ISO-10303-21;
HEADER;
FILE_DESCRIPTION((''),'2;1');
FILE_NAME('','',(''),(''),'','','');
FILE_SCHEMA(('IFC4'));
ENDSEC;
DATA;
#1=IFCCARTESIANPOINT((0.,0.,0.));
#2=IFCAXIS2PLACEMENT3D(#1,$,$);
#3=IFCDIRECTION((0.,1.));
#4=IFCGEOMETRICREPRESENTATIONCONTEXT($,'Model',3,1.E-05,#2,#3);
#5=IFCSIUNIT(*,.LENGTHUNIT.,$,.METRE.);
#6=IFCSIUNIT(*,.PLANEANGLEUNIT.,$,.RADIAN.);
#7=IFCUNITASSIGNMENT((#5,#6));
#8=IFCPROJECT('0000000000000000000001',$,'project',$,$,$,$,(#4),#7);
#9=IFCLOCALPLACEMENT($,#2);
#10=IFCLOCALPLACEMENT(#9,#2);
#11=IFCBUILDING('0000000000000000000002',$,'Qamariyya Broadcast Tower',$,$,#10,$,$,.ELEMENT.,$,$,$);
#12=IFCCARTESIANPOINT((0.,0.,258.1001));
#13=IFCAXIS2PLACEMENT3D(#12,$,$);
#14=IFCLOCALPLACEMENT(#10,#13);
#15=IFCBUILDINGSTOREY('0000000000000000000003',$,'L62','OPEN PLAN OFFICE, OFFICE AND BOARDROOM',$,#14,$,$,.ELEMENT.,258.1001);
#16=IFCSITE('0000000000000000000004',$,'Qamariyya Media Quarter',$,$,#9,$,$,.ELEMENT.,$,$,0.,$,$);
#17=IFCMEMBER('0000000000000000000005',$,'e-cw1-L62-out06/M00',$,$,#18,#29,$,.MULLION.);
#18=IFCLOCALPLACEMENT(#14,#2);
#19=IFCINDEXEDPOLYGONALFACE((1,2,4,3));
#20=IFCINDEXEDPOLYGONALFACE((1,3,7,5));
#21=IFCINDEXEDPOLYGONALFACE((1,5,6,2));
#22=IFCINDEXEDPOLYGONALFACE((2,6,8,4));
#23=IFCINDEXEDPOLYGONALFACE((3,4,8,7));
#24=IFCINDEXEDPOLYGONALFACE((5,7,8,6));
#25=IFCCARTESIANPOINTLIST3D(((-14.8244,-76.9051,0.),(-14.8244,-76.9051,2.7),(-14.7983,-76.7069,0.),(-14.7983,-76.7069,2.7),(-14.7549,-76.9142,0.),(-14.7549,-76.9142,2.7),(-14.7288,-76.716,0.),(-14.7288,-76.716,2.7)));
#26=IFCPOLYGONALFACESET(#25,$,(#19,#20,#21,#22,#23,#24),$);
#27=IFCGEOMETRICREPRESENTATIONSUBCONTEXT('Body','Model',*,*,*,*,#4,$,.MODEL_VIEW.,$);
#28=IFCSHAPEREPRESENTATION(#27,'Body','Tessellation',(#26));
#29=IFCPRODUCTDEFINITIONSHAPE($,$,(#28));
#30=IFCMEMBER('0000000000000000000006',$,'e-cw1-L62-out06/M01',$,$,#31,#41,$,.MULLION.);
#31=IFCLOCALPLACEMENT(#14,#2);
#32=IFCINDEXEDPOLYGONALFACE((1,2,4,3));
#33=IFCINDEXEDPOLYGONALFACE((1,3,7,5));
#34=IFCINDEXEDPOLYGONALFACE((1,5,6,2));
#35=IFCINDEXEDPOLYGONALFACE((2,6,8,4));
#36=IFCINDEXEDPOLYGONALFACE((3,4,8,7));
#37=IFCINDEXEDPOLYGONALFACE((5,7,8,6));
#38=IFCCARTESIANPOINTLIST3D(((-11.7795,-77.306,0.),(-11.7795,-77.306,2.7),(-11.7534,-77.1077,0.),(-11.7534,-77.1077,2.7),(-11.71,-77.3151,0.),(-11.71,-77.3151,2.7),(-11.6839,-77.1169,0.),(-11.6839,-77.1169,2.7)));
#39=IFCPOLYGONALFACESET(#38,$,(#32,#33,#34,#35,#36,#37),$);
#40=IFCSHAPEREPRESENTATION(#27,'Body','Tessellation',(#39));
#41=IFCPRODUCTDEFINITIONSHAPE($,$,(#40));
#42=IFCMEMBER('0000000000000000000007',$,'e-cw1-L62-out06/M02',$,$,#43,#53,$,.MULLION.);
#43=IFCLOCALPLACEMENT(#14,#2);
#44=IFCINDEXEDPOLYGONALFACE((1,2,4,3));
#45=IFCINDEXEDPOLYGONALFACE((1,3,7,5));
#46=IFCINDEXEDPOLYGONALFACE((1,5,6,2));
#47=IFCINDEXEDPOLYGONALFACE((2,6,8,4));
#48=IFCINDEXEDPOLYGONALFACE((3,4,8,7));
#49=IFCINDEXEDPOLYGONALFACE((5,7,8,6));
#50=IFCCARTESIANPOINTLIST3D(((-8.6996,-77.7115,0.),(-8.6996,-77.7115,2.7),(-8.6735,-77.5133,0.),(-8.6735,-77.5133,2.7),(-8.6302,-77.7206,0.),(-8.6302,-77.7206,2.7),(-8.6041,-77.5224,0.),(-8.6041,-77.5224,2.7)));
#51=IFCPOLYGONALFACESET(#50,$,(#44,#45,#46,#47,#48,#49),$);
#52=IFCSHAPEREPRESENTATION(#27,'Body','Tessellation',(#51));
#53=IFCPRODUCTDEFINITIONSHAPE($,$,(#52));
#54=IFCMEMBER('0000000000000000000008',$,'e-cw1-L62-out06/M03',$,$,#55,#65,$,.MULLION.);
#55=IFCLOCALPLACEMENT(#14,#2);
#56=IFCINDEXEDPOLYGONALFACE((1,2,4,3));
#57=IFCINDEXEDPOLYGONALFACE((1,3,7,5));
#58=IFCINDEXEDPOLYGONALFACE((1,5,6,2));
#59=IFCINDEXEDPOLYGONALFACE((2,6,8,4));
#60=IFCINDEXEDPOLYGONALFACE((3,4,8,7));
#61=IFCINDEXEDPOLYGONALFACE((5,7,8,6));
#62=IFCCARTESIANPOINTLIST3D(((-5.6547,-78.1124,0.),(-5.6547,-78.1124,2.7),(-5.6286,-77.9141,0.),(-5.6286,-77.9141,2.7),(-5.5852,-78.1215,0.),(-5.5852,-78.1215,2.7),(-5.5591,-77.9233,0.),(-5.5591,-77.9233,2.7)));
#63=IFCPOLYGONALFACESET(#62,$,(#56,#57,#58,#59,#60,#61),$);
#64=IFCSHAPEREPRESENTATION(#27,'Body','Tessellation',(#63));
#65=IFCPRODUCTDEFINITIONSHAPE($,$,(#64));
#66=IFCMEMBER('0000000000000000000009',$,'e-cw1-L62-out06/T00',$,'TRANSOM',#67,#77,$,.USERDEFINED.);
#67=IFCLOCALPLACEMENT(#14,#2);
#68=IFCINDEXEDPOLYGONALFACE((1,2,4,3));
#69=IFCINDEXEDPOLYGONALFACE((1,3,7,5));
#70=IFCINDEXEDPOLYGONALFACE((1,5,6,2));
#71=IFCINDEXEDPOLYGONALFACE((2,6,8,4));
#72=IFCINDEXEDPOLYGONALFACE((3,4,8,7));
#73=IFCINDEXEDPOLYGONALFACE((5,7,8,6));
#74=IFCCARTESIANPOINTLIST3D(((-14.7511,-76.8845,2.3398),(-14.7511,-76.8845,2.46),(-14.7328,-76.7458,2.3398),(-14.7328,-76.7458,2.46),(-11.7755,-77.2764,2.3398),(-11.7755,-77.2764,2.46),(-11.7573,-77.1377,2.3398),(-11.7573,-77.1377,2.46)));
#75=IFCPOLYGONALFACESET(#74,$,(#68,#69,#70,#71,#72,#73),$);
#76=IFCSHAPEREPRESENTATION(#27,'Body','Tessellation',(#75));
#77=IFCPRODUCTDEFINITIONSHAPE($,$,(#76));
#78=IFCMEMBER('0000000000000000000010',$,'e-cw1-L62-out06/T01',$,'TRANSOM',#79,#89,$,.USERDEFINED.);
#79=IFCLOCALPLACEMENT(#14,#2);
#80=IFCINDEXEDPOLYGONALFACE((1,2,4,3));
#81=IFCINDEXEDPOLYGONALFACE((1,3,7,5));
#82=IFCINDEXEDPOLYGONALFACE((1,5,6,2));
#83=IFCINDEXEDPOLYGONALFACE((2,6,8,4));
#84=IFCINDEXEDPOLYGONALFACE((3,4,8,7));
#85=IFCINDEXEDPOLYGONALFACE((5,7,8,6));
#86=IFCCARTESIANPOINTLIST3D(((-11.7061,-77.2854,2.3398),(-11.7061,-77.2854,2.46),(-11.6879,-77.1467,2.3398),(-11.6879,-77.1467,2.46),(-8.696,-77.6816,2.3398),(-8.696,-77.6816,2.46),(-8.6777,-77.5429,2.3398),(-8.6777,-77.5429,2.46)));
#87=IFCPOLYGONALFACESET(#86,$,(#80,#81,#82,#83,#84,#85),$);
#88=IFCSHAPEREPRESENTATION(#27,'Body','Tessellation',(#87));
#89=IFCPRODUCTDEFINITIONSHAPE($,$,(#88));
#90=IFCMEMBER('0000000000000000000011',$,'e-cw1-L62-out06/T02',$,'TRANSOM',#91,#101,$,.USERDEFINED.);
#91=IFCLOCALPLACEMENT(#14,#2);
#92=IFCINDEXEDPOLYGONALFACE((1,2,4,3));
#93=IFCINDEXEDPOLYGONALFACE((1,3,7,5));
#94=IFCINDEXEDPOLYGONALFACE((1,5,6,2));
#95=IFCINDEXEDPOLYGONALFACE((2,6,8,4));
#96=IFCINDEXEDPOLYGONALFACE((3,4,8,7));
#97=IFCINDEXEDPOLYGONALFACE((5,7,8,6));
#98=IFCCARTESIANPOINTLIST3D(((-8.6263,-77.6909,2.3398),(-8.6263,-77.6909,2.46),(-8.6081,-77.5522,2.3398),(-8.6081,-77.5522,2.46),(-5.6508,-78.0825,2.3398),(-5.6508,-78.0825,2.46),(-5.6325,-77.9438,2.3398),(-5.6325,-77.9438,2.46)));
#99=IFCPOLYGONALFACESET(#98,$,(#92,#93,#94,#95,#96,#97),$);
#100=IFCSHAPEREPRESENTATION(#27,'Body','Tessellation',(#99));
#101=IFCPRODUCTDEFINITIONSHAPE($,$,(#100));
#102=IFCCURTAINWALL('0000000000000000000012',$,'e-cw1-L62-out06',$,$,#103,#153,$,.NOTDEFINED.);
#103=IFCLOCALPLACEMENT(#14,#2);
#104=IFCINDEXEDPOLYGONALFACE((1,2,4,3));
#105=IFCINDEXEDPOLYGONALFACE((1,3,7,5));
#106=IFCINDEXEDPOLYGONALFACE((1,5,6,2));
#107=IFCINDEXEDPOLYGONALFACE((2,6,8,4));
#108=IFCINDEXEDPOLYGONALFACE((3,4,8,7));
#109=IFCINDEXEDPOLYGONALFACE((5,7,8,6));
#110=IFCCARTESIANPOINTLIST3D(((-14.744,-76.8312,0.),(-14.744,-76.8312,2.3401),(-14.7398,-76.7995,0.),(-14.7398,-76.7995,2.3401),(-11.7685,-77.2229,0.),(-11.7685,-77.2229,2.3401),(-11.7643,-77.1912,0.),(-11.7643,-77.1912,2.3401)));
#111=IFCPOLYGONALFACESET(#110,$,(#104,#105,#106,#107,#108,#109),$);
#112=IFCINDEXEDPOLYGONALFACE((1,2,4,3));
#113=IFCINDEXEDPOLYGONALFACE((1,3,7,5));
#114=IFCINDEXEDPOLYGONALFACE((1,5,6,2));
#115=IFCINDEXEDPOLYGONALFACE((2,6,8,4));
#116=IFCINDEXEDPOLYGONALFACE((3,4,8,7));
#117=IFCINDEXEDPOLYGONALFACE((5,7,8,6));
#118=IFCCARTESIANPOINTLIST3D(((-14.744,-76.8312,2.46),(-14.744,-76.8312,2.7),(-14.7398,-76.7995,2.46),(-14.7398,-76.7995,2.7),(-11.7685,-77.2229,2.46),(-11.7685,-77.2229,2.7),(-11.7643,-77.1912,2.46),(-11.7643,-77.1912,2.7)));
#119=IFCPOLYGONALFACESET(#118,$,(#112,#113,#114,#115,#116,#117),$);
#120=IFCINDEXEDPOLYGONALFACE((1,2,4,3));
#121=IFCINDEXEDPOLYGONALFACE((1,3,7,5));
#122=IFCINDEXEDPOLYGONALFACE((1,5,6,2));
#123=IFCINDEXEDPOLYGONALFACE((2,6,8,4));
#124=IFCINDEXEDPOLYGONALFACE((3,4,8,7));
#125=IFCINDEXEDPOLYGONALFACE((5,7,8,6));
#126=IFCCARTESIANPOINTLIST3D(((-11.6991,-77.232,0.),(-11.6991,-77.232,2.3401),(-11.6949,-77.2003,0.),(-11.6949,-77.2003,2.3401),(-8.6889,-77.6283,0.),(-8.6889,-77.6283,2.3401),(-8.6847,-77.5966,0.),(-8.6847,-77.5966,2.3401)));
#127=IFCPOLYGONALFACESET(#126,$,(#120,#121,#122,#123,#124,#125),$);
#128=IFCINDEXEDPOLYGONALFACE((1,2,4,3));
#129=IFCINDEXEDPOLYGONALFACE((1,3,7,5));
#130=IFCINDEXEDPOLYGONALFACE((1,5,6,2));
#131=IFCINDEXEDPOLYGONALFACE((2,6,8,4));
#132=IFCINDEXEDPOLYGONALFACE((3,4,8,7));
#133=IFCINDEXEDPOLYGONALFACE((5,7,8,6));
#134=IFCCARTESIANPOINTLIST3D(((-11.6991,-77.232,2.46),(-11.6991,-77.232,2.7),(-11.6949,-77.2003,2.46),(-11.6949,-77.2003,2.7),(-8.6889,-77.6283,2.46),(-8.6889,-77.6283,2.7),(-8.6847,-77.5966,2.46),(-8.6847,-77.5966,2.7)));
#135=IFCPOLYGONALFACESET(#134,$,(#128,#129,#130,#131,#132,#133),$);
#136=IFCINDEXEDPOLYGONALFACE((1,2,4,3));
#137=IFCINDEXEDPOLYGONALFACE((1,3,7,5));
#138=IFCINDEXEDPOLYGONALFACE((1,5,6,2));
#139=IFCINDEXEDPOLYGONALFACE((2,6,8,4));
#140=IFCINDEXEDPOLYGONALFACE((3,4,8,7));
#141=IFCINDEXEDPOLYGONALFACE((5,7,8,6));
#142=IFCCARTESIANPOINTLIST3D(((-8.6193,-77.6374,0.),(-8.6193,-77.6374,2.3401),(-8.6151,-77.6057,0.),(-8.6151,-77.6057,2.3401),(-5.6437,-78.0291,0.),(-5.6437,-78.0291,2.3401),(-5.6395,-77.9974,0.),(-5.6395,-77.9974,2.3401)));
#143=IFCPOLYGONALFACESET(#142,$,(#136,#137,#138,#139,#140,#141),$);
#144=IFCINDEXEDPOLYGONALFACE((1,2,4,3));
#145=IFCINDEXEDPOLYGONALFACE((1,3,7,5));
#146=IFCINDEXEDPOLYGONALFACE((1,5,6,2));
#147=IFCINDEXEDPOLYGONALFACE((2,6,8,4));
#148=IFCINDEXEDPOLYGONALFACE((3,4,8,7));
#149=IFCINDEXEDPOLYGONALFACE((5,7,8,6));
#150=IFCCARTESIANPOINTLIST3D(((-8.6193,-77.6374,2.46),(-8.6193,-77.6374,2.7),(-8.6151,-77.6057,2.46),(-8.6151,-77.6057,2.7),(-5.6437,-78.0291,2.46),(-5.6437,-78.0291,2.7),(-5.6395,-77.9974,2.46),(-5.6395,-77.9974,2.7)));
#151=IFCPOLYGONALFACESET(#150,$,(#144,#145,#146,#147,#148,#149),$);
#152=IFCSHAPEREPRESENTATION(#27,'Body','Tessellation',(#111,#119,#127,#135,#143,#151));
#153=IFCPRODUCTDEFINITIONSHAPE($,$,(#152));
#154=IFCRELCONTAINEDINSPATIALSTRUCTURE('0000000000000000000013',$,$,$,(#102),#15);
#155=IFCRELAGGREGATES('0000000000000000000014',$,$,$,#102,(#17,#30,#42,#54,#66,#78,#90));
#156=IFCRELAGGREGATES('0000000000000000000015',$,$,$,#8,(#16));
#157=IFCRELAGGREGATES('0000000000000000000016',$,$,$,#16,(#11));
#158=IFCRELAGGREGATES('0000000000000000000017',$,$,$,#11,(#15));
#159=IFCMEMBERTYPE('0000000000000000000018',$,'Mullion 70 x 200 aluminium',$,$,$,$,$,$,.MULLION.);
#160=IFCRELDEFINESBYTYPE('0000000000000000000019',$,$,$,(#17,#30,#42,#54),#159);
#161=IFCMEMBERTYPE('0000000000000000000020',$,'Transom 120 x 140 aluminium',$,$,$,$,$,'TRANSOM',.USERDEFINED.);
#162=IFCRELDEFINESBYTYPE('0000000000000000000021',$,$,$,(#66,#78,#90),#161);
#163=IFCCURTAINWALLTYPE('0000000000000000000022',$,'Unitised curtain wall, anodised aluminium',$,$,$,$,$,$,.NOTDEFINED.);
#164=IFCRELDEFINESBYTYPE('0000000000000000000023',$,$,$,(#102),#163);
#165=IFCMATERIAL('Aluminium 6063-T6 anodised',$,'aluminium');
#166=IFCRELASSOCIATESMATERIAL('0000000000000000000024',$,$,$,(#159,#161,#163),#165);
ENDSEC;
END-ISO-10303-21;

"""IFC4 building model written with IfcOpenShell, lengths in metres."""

from ifc_helpers import new_model, si_unit, direction, frame, origin, origin_2d, place, context, subcontext, project, spatial, rectangle, extrude, material, material_profile, profile_set, type_object, element, aggregate, save


model = new_model("IFC4")

# Units and contexts
model_context = context("Model", 3, precision=1e-05, world=origin(), true_north=direction((0.0, 1.0)))
body_context = subcontext(model_context, "Body", "Model", "MODEL_VIEW")
ifc_project = project(units=[si_unit("LENGTHUNIT", "METRE"), si_unit("PLANEANGLEUNIT", "RADIAN")], contexts=[model_context])

# Members
ifc_material = material(Name="Aluminium 6063-T6 anodised", Category="aluminium")
ifc_material_profile_1 = material_profile(ifc_material, rectangle(XDim=0.2, YDim=0.0701, at=origin_2d()))
ifc_profile_set_1 = profile_set([ifc_material_profile_1], Name="Aluminium 6063-T6 anodised")
member_type_1 = type_object("IfcMemberType", Name="Mullion 70 x 200 aluminium", PredefinedType="MULLION", material=ifc_profile_set_1)
site_placement = place(None, origin())
building_placement = place(site_placement, origin())
storey_placement = place(building_placement, frame((0.0, 0.0, 258.1001)))
member_1_placement = place(storey_placement, frame((-14.7766, -76.8105, 0.0), z_axis=(0.0, 0.0, 1.0), x_axis=(0.130526, 0.991445, 0.0)))
member_1 = element("IfcMember", 1, at=member_1_placement, type_object=member_type_1, Name="e-cw1-L62-out06/M00", PredefinedType="MULLION", context=body_context, shape_type="SweptSolid", body=[
    extrude(rectangle(XDim=0.2, YDim=0.0701, at=origin_2d()), origin(), (0.0, 0.0, 1.0), 2.7),
])
member_2_placement = place(storey_placement, frame((-11.7317, -77.2114, 0.0), z_axis=(0.0, 0.0, 1.0), x_axis=(0.130526, 0.991445, 0.0)))
member_2 = element("IfcMember", 2, at=member_2_placement, type_object=member_type_1, Name="e-cw1-L62-out06/M01", PredefinedType="MULLION", context=body_context, shape_type="SweptSolid", body=[
    extrude(rectangle(XDim=0.2, YDim=0.0701, at=origin_2d()), origin(), (0.0, 0.0, 1.0), 2.7),
])
member_3_placement = place(storey_placement, frame((-8.6519, -77.6169, 0.0), z_axis=(0.0, 0.0, 1.0), x_axis=(0.130526, 0.991445, 0.0)))
member_3 = element("IfcMember", 3, at=member_3_placement, type_object=member_type_1, Name="e-cw1-L62-out06/M02", PredefinedType="MULLION", context=body_context, shape_type="SweptSolid", body=[
    extrude(rectangle(XDim=0.2, YDim=0.0701, at=origin_2d()), origin(), (0.0, 0.0, 1.0), 2.7),
])
member_4_placement = place(storey_placement, frame((-5.6069, -78.0178, 0.0), z_axis=(0.0, 0.0, 1.0), x_axis=(0.130526, 0.991445, 0.0)))
member_4 = element("IfcMember", 4, at=member_4_placement, type_object=member_type_1, Name="e-cw1-L62-out06/M03", PredefinedType="MULLION", context=body_context, shape_type="SweptSolid", body=[
    extrude(rectangle(XDim=0.2, YDim=0.0701, at=origin_2d()), origin(), (0.0, 0.0, 1.0), 2.7),
])
ifc_material_profile_2 = material_profile(ifc_material, rectangle(XDim=0.1399, YDim=0.1201, at=origin_2d()))
ifc_profile_set_2 = profile_set([ifc_material_profile_2], Name="Aluminium 6063-T6 anodised")
member_type_2 = type_object("IfcMemberType", Name="Transom 120 x 140 aluminium", ElementType="TRANSOM", PredefinedType="USERDEFINED", material=ifc_profile_set_2)
member_5_placement = place(storey_placement, frame((-14.7419, -76.8152, 2.3999), z_axis=(0.99144, -0.13056, 0.0), x_axis=(0.13056, 0.99144, 0.0)))
member_5 = element("IfcMember", 5, at=member_5_placement, type_object=member_type_2, Name="e-cw1-L62-out06/T00", ObjectType="TRANSOM", PredefinedType="USERDEFINED", context=body_context, shape_type="SweptSolid", body=[
    extrude(rectangle(XDim=0.1399, YDim=0.1201, at=origin_2d()), origin(), (0.0, 0.0, 1.0), 3.0012),
])
member_6_placement = place(storey_placement, frame((-11.697, -77.2161, 2.3999), z_axis=(0.991448, -0.130504, 0.0), x_axis=(0.130504, 0.991448, 0.0)))
member_6 = element("IfcMember", 6, at=member_6_placement, type_object=member_type_2, Name="e-cw1-L62-out06/T01", ObjectType="TRANSOM", PredefinedType="USERDEFINED", context=body_context, shape_type="SweptSolid", body=[
    extrude(rectangle(XDim=0.1399, YDim=0.1201, at=origin_2d()), origin(), (0.0, 0.0, 1.0), 3.0361),
])
member_7_placement = place(storey_placement, frame((-8.6172, -77.6216, 2.3999), z_axis=(0.991451, -0.13048, 0.0), x_axis=(0.13048, 0.991451, 0.0)))
member_7 = element("IfcMember", 7, at=member_7_placement, type_object=member_type_2, Name="e-cw1-L62-out06/T02", ObjectType="TRANSOM", PredefinedType="USERDEFINED", context=body_context, shape_type="SweptSolid", body=[
    extrude(rectangle(XDim=0.1399, YDim=0.1201, at=origin_2d()), origin(), (0.0, 0.0, 1.0), 3.0012),
])

# Site, building, storey
site = spatial("IfcSite", under=ifc_project, at=site_placement, Name="Qamariyya Media Quarter", CompositionType="ELEMENT", RefElevation=0.0)
building = spatial("IfcBuilding", under=site, at=building_placement, Name="Qamariyya Broadcast Tower", CompositionType="ELEMENT")
storey = spatial("IfcBuildingStorey", under=building, at=storey_placement, Name="L62", Description="OPEN PLAN OFFICE, OFFICE AND BOARDROOM", CompositionType="ELEMENT", Elevation=258.1001)

# Curtain wall
curtain_wall_type = type_object("IfcCurtainWallType", Name="Unitised curtain wall, anodised aluminium", PredefinedType="NOTDEFINED", material=ifc_material)
curtain_wall_1_placement = place(storey_placement, origin())
curtain_wall_1 = element("IfcCurtainWall", 8, at=curtain_wall_1_placement, inside=storey, type_object=curtain_wall_type, Name="e-cw1-L62-out06", PredefinedType="NOTDEFINED", context=body_context, shape_type="SweptSolid", body=[
    extrude(rectangle(XDim=3.0012, YDim=0.032, at=origin_2d()), frame((-13.2542, -77.0112, 0.0), x_axis=(0.991445, -0.130523, 0.0)), (0.0, 0.0, 1.0), 2.3401),
    extrude(rectangle(XDim=3.0012, YDim=0.032, at=origin_2d()), frame((-13.2542, -77.0112, 2.46), x_axis=(0.991445, -0.130523, 0.0)), (0.0, 0.0, 1.0), 0.24),
    extrude(rectangle(XDim=3.0361, YDim=0.032, at=origin_2d()), frame((-10.1919, -77.4143, 0.0), x_axis=(0.991445, -0.130523, 0.0)), (0.0, 0.0, 1.0), 2.3401),
    extrude(rectangle(XDim=3.0361, YDim=0.032, at=origin_2d()), frame((-10.1919, -77.4143, 2.46), x_axis=(0.991445, -0.130523, 0.0)), (0.0, 0.0, 1.0), 0.24),
    extrude(rectangle(XDim=3.0012, YDim=0.032, at=origin_2d()), frame((-7.1294, -77.8174, 0.0), x_axis=(0.991445, -0.130523, 0.0)), (0.0, 0.0, 1.0), 2.3401),
    extrude(rectangle(XDim=3.0012, YDim=0.032, at=origin_2d()), frame((-7.1294, -77.8174, 2.46), x_axis=(0.991445, -0.130523, 0.0)), (0.0, 0.0, 1.0), 0.24),
])
aggregate(curtain_wall_1, [member_1, member_2, member_3, member_4, member_5, member_6, member_7])

save(model, "model.ifc")
